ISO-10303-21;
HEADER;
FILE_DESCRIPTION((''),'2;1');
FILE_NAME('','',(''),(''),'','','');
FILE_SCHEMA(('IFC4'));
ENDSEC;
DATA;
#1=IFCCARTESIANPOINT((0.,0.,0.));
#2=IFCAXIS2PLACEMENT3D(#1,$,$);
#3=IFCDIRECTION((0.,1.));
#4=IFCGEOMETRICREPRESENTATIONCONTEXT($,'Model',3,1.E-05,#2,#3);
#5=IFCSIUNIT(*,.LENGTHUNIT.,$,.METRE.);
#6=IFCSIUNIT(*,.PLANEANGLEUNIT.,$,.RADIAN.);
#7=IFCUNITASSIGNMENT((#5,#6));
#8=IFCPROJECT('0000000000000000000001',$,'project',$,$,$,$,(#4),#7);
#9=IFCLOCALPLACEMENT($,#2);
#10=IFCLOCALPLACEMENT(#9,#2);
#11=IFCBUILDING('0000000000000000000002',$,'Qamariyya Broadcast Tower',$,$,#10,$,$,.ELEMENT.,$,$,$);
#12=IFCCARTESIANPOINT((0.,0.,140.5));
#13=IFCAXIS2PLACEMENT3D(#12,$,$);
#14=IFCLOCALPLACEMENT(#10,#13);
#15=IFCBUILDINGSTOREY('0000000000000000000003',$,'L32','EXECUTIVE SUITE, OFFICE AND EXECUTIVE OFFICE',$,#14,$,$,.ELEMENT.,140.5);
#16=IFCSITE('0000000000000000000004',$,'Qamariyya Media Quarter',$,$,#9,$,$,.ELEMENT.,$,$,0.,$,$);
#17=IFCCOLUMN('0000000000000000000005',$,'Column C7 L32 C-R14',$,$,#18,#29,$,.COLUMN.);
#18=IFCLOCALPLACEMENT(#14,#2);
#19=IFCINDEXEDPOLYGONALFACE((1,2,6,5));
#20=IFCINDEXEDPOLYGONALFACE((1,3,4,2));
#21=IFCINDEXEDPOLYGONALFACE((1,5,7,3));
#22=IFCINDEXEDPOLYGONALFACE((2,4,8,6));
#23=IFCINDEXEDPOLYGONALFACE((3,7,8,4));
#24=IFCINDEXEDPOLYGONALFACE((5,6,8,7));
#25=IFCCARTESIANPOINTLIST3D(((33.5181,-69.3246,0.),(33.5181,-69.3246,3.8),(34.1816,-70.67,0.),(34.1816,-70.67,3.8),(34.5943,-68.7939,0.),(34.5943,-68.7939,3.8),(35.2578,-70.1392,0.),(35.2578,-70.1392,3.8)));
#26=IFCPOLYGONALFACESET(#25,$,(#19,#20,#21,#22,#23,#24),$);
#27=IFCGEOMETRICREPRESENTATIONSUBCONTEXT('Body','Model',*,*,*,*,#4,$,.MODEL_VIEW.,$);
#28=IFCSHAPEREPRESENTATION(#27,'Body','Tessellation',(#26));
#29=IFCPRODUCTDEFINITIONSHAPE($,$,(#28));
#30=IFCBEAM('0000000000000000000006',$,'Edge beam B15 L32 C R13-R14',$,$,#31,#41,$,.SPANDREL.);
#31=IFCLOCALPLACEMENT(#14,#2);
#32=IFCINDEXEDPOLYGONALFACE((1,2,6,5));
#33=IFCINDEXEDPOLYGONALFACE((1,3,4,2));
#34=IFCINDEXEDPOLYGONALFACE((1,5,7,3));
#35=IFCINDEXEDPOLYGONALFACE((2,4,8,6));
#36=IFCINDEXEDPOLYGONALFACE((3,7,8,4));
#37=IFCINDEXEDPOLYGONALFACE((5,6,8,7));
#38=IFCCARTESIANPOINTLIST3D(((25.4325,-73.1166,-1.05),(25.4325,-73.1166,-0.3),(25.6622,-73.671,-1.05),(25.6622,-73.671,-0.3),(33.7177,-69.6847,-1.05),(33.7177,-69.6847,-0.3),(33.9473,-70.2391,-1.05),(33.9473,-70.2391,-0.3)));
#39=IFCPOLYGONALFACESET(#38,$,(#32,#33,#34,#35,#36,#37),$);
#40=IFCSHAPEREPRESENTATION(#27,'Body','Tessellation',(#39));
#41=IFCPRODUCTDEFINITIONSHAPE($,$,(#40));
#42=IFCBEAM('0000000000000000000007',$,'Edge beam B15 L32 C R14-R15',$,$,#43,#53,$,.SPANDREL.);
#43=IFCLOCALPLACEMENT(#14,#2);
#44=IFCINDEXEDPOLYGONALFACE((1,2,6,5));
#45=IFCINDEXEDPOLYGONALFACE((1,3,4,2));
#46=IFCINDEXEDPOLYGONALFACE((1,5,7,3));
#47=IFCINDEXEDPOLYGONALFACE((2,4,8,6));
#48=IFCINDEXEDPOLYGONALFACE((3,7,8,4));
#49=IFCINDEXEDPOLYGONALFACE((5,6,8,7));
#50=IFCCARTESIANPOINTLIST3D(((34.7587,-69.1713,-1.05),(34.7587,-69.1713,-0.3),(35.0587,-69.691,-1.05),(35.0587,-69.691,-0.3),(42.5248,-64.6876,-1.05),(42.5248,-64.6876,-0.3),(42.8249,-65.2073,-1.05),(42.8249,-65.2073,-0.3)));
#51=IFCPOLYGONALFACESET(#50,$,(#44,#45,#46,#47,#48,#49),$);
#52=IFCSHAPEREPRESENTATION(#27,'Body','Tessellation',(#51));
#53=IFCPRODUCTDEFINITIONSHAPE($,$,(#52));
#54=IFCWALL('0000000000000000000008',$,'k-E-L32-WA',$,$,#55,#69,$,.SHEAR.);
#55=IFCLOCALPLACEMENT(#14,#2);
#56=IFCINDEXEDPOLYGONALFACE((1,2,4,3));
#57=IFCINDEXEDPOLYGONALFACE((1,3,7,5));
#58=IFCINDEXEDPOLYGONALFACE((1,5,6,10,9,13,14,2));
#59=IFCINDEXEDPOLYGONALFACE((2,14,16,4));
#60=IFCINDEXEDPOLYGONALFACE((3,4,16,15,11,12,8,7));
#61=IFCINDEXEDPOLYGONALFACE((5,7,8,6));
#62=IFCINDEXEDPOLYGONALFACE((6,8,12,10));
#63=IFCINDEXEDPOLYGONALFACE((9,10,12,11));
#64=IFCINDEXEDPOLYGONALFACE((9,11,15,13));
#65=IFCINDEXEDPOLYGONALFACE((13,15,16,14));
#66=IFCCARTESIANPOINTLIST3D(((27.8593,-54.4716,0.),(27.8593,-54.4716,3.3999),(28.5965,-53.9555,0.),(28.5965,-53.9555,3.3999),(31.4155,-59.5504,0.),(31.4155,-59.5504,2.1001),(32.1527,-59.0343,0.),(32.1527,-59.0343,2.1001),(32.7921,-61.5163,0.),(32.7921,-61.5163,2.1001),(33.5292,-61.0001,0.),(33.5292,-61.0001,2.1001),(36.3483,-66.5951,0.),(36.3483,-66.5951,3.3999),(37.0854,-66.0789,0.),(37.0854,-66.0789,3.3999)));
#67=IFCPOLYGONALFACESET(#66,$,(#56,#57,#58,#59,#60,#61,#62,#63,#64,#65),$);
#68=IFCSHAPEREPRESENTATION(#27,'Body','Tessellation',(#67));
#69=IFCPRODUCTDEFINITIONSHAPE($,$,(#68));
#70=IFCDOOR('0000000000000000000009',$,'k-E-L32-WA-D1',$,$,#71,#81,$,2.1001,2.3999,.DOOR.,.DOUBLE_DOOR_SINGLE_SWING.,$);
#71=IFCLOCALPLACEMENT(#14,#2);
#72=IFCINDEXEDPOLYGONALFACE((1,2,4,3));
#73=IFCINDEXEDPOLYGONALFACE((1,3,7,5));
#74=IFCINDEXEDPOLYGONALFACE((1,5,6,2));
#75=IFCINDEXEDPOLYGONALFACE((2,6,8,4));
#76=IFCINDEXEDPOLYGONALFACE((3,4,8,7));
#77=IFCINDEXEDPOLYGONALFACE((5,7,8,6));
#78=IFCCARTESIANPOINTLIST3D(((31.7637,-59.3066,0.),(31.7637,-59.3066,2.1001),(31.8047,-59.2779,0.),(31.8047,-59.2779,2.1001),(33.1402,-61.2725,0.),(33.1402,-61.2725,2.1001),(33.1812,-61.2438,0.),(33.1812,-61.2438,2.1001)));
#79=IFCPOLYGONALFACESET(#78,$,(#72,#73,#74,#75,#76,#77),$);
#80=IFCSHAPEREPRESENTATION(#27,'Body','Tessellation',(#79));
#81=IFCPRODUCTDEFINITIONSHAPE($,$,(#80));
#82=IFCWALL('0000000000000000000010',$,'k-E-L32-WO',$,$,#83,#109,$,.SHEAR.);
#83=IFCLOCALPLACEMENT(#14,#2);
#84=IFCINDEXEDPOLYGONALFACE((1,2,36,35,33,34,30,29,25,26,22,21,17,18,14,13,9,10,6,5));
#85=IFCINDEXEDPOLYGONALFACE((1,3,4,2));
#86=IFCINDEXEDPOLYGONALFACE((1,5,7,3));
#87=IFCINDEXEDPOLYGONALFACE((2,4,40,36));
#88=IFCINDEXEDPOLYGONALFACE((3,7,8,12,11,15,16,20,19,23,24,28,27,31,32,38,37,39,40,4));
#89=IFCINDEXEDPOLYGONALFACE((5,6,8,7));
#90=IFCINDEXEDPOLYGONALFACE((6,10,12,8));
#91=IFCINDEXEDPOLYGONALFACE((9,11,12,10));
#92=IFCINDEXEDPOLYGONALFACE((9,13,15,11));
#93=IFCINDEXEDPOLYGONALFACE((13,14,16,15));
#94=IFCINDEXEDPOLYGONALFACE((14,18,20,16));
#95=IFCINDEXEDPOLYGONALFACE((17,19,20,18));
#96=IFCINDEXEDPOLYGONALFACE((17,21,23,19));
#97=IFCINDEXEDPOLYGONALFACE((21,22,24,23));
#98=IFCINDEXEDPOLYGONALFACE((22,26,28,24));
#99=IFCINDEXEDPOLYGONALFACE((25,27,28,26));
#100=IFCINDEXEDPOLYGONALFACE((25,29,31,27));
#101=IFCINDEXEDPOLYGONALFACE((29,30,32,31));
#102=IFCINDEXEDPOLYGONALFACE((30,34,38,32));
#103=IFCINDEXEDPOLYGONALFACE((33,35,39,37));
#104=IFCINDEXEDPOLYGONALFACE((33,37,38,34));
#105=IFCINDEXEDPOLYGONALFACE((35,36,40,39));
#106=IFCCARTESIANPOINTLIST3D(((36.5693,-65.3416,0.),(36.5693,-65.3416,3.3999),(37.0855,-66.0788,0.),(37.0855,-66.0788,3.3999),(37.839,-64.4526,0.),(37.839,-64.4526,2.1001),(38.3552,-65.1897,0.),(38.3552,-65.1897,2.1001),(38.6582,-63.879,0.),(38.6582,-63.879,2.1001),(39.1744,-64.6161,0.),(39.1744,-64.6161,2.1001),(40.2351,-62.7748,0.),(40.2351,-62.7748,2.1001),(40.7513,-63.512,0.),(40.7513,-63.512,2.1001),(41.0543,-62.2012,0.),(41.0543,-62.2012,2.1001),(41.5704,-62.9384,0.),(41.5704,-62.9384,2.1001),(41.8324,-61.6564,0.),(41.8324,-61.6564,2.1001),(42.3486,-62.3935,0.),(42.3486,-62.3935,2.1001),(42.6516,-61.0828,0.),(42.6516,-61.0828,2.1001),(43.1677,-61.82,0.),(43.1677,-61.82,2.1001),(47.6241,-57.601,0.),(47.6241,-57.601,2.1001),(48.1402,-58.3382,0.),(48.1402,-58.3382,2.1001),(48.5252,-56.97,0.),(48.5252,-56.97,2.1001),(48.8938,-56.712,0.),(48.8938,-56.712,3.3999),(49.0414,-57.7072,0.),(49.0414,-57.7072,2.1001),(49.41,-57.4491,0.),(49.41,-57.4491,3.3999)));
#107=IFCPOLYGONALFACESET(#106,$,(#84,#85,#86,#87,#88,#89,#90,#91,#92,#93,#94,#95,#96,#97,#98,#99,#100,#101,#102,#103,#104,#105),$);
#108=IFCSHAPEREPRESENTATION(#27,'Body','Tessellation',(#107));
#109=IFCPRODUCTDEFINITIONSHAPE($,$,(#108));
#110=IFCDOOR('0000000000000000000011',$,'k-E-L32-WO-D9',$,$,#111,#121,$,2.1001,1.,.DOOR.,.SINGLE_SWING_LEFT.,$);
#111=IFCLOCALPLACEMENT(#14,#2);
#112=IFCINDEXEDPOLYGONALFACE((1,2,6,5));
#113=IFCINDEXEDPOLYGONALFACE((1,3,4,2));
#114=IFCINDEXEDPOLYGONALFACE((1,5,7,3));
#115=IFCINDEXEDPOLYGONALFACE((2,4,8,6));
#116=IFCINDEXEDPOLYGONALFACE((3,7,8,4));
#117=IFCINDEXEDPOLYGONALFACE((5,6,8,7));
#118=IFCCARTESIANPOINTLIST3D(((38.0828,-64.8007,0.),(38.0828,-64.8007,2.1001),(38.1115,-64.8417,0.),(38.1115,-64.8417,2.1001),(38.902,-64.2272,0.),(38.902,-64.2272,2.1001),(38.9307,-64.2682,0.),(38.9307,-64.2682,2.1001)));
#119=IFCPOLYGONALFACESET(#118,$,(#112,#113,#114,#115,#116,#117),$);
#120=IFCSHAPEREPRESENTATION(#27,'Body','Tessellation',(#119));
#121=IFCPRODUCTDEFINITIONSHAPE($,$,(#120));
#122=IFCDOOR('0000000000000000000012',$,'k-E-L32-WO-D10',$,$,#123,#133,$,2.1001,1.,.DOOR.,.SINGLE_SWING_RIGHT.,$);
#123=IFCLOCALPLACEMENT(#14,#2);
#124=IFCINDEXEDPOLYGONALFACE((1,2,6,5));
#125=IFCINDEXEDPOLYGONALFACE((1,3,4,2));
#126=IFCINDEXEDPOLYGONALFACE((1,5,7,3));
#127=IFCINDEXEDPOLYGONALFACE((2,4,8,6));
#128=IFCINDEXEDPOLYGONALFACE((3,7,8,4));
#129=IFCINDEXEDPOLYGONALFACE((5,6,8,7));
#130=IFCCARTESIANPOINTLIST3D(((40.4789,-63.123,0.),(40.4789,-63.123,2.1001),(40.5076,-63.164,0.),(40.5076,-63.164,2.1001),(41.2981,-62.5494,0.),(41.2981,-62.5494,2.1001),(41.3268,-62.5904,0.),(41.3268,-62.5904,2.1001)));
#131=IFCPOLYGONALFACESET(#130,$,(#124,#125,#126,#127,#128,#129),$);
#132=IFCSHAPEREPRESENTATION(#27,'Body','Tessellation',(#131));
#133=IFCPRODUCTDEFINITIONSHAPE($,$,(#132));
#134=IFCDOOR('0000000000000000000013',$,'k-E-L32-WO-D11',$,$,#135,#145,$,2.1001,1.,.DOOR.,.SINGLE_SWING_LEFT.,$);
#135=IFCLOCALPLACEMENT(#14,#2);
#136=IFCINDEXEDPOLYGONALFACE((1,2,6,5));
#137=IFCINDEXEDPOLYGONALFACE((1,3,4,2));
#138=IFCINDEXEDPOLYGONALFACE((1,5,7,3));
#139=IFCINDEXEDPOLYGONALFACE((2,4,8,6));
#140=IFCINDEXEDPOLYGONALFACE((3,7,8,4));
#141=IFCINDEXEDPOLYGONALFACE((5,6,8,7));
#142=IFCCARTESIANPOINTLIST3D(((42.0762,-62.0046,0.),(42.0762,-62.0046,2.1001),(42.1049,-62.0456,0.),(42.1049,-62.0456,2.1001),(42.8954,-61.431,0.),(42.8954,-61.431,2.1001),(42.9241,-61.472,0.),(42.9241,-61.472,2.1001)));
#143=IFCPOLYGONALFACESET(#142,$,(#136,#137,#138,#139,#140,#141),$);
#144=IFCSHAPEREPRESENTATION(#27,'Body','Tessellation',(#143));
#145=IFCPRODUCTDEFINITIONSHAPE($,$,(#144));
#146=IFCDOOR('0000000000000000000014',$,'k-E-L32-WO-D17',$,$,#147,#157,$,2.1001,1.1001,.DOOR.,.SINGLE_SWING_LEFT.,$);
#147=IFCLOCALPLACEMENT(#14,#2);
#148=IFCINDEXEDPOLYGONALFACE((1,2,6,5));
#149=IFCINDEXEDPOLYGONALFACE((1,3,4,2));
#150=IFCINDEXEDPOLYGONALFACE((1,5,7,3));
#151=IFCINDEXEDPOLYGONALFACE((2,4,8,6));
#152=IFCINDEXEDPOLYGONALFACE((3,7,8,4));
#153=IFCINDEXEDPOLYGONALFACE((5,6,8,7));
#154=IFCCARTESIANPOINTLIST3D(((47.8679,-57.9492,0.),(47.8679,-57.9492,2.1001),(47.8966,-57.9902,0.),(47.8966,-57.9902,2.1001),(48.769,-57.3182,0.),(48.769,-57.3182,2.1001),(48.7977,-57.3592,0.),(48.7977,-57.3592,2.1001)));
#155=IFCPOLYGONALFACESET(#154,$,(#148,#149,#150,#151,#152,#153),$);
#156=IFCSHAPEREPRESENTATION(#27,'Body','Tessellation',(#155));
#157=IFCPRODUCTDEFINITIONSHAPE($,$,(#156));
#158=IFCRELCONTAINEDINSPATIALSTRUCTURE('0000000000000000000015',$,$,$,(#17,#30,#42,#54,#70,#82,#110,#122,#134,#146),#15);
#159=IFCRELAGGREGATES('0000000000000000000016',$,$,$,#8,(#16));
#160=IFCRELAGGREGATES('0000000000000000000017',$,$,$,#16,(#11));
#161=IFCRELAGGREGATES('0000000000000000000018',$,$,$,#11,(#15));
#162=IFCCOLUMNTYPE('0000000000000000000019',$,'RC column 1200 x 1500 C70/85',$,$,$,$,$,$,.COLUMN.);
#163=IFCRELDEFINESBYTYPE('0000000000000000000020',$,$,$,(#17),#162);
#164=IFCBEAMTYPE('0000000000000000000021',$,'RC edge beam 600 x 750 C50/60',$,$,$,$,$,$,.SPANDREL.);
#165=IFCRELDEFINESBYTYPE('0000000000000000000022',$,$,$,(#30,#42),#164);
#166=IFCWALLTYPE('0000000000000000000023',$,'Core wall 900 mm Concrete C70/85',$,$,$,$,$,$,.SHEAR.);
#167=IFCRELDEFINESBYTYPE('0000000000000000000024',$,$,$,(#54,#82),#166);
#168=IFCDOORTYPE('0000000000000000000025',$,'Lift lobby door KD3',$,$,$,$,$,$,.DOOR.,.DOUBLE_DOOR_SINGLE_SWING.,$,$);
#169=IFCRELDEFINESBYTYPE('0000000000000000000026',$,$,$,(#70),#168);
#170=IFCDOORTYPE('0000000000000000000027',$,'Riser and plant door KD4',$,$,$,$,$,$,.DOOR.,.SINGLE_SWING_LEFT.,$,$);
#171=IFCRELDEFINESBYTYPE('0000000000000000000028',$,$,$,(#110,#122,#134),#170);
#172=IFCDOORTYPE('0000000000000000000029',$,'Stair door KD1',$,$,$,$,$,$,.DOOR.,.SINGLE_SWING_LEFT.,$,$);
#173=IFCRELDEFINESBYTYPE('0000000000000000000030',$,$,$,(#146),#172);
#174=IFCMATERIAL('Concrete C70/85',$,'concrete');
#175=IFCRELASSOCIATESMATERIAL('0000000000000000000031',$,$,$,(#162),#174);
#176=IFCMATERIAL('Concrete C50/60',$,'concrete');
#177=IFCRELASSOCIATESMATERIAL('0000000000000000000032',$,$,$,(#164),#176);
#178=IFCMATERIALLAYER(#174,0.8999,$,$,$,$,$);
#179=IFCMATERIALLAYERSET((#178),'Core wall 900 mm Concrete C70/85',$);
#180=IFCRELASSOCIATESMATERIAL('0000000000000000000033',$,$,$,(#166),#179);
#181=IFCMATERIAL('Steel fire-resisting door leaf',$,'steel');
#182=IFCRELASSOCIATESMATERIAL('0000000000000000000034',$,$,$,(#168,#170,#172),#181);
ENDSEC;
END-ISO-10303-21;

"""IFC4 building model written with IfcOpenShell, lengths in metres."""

from ifc_helpers import new_model, si_unit, direction, frame, frame_2d, origin, origin_2d, place, context, subcontext, project, spatial, rectangle, extrude, material, layer, layer_set, material_profile, profile_set, type_object, element, fill, save


model = new_model("IFC4")

# Units and contexts
model_context = context("Model", 3, precision=1e-05, world=origin(), true_north=direction((0.0, 1.0)))
body_context = subcontext(model_context, "Body", "Model", "MODEL_VIEW")
ifc_project = project(units=[si_unit("LENGTHUNIT", "METRE"), si_unit("PLANEANGLEUNIT", "RADIAN")], contexts=[model_context])

# Site, building, storey
site_placement = place(None, origin())
site = spatial("IfcSite", under=ifc_project, at=site_placement, Name="Qamariyya Media Quarter", CompositionType="ELEMENT", RefElevation=0.0)
building_placement = place(site_placement, origin())
building = spatial("IfcBuilding", under=site, at=building_placement, Name="Qamariyya Broadcast Tower", CompositionType="ELEMENT")
storey_placement = place(building_placement, frame((0.0, 0.0, 140.5)))
storey = spatial("IfcBuildingStorey", under=building, at=storey_placement, Name="L32", Description="EXECUTIVE SUITE, OFFICE AND EXECUTIVE OFFICE", CompositionType="ELEMENT", Elevation=140.5)

# Column
ifc_material_1 = material(Name="Concrete C70/85", Category="concrete")
ifc_material_profile_1 = material_profile(ifc_material_1, rectangle(XDim=1.2, YDim=1.5, at=origin_2d()))
ifc_profile_set_1 = profile_set([ifc_material_profile_1], Name="Concrete C70/85")
column_type = type_object("IfcColumnType", Name="RC column 1200 x 1500 C70/85", PredefinedType="COLUMN", material=ifc_profile_set_1)
column_placement = place(storey_placement, frame((34.3879, -69.7319, 0.0), z_axis=(0.0, 0.0, 1.0), x_axis=(0.896873, 0.442289, 0.0)))
element("IfcColumn", 1, at=column_placement, inside=storey, type_object=column_type, Name="Column C7 L32 C-R14", PredefinedType="COLUMN", context=body_context, shape_type="SweptSolid", body=[
    extrude(rectangle(XDim=1.2, YDim=1.5, at=origin_2d()), origin(), (0.0, 0.0, 1.0), 3.8),
])

# Beams
ifc_material_2 = material(Name="Concrete C50/60", Category="concrete")
ifc_material_profile_2 = material_profile(ifc_material_2, rectangle(XDim=0.6001, YDim=0.75, at=origin_2d()))
ifc_profile_set_2 = profile_set([ifc_material_profile_2], Name="Concrete C50/60")
beam_type = type_object("IfcBeamType", Name="RC edge beam 600 x 750 C50/60", PredefinedType="SPANDREL", material=ifc_profile_set_2)
beam_1_placement = place(storey_placement, frame((25.5474, -73.3938, -0.675), z_axis=(0.923877, 0.382689, 0.0), x_axis=(-0.382689, 0.923877, 0.0)))
element("IfcBeam", 2, at=beam_1_placement, inside=storey, type_object=beam_type, Name="Edge beam B15 L32 C R13-R14", PredefinedType="SPANDREL", context=body_context, shape_type="SweptSolid", body=[
    extrude(rectangle(XDim=0.6001, YDim=0.75, at=origin_2d()), origin(), (0.0, 0.0, 1.0), 8.9678),
])
beam_2_placement = place(storey_placement, frame((34.9087, -69.4312, -0.675), z_axis=(0.866031, 0.49999, 0.0), x_axis=(-0.49999, 0.866031, 0.0)))
element("IfcBeam", 3, at=beam_2_placement, inside=storey, type_object=beam_type, Name="Edge beam B15 L32 C R14-R15", PredefinedType="SPANDREL", context=body_context, shape_type="SweptSolid", body=[
    extrude(rectangle(XDim=0.6001, YDim=0.75, at=origin_2d()), origin(), (0.0, 0.0, 1.0), 8.9675),
])

# Wall, opening, door
ifc_layer_1 = layer(ifc_material_1, 0.8999)
ifc_layer_set_1 = layer_set([ifc_layer_1], Name="Core wall 900 mm Concrete C70/85")
wall_type_1 = type_object("IfcWallType", Name="Core wall 900 mm Concrete C70/85", PredefinedType="SHEAR", material=ifc_layer_set_1)
wall_1_placement = place(storey_placement, frame((36.7168, -66.3369, 0.0), z_axis=(0.0, 0.0, 1.0), x_axis=(-0.573577, 0.819151, 0.0)))
wall_1 = element("IfcWall", 4, at=wall_1_placement, inside=storey, type_object=wall_type_1, Name="k-E-L32-WA", PredefinedType="SHEAR", context=body_context, shape_type="SweptSolid", body=[
    extrude(rectangle(XDim=14.8, YDim=0.8999, at=frame_2d((7.3999, 0.0))), origin(), (0.0, 0.0, 1.0), 3.3999),
])
opening_1_placement = place(wall_1_placement, frame((6.2, 0.0, 0.0)))
opening_1 = element("IfcOpeningElement", 5, at=opening_1_placement, cuts=wall_1, PredefinedType="OPENING", context=body_context, shape_type="SweptSolid", body=[
    extrude(rectangle(XDim=2.3999, YDim=2.1001, at=frame_2d((1.2, 1.05))), frame((0.0, 0.46, 0.0), z_axis=(0.0, -1.0, 0.0), x_axis=(1.0, 0.0, 0.0)), (0.0, 0.0, 1.0), 0.9199),
])
ifc_material_3 = material(Name="Steel fire-resisting door leaf", Category="steel")
door_type_1 = type_object("IfcDoorType", Name="Lift lobby door KD3", OperationType="DOUBLE_DOOR_SINGLE_SWING", PredefinedType="DOOR", material=ifc_material_3)
door_1_placement = place(opening_1_placement, origin())
door_1 = element("IfcDoor", 6, at=door_1_placement, inside=storey, type_object=door_type_1, Name="k-E-L32-WA-D1", OperationType="DOUBLE_DOOR_SINGLE_SWING", OverallHeight=2.1001, OverallWidth=2.3999, PredefinedType="DOOR", context=body_context, shape_type="SweptSolid", body=[
    extrude(rectangle(XDim=2.3999, YDim=2.1001, at=frame_2d((1.2, 1.05))), frame((0.0, 0.0249, 0.0), z_axis=(0.0, -1.0, 0.0), x_axis=(1.0, 0.0, 0.0)), (0.0, 0.0, 1.0), 0.05),
])
fill(opening_1, door_1)

# Wall, openings, doors
wall_2_placement = place(storey_placement, frame((36.8274, -65.7102, 0.0), z_axis=(0.0, 0.0, 1.0), x_axis=(0.819153, 0.573575, 0.0)))
wall_2 = element("IfcWall", 7, at=wall_2_placement, inside=storey, type_object=wall_type_1, Name="k-E-L32-WO", PredefinedType="SHEAR", context=body_context, shape_type="SweptSolid", body=[
    extrude(rectangle(XDim=15.0454, YDim=0.8999, at=frame_2d((7.5227, 0.0))), origin(), (0.0, 0.0, 1.0), 3.3999),
])
opening_2_placement = place(wall_2_placement, frame((1.55, 0.0, 0.0)))
opening_2 = element("IfcOpeningElement", 8, at=opening_2_placement, cuts=wall_2, PredefinedType="OPENING", context=body_context, shape_type="SweptSolid", body=[
    extrude(rectangle(XDim=1.0, YDim=2.1001, at=frame_2d((0.5, 1.05))), frame((0.0, 0.46, 0.0), z_axis=(0.0, -1.0, 0.0), x_axis=(1.0, 0.0, 0.0)), (0.0, 0.0, 1.0), 0.9199),
])
opening_3_placement = place(wall_2_placement, frame((4.4751, 0.0, 0.0)))
opening_3 = element("IfcOpeningElement", 9, at=opening_3_placement, cuts=wall_2, PredefinedType="OPENING", context=body_context, shape_type="SweptSolid", body=[
    extrude(rectangle(XDim=1.0, YDim=2.1001, at=frame_2d((0.5, 1.05))), frame((0.0, 0.46, 0.0), z_axis=(0.0, -1.0, 0.0), x_axis=(1.0, 0.0, 0.0)), (0.0, 0.0, 1.0), 0.9199),
])
opening_4_placement = place(wall_2_placement, frame((6.425, 0.0, 0.0)))
opening_4 = element("IfcOpeningElement", 10, at=opening_4_placement, cuts=wall_2, PredefinedType="OPENING", context=body_context, shape_type="SweptSolid", body=[
    extrude(rectangle(XDim=1.0, YDim=2.1001, at=frame_2d((0.5, 1.05))), frame((0.0, 0.46, 0.0), z_axis=(0.0, -1.0, 0.0), x_axis=(1.0, 0.0, 0.0)), (0.0, 0.0, 1.0), 0.9199),
])
opening_5_placement = place(wall_2_placement, frame((13.4954, 0.0, 0.0)))
opening_5 = element("IfcOpeningElement", 11, at=opening_5_placement, cuts=wall_2, PredefinedType="OPENING", context=body_context, shape_type="SweptSolid", body=[
    extrude(rectangle(XDim=1.1001, YDim=2.1001, at=frame_2d((0.55, 1.05))), frame((0.0, 0.46, 0.0), z_axis=(0.0, -1.0, 0.0), x_axis=(1.0, 0.0, 0.0)), (0.0, 0.0, 1.0), 0.9199),
])
door_type_2 = type_object("IfcDoorType", Name="Riser and plant door KD4", OperationType="SINGLE_SWING_LEFT", PredefinedType="DOOR", material=ifc_material_3)
door_2_placement = place(opening_2_placement, origin())
door_2 = element("IfcDoor", 12, at=door_2_placement, inside=storey, type_object=door_type_2, Name="k-E-L32-WO-D9", OperationType="SINGLE_SWING_LEFT", OverallHeight=2.1001, OverallWidth=1.0, PredefinedType="DOOR", context=body_context, shape_type="SweptSolid", body=[
    extrude(rectangle(XDim=1.0, YDim=2.1001, at=frame_2d((0.5, 1.05))), frame((0.0, 0.0249, 0.0), z_axis=(0.0, -1.0, 0.0), x_axis=(1.0, 0.0, 0.0)), (0.0, 0.0, 1.0), 0.05),
])
fill(opening_2, door_2)
door_3_placement = place(opening_3_placement, origin())
door_3 = element("IfcDoor", 13, at=door_3_placement, inside=storey, type_object=door_type_2, Name="k-E-L32-WO-D10", OperationType="SINGLE_SWING_RIGHT", OverallHeight=2.1001, OverallWidth=1.0, PredefinedType="DOOR", context=body_context, shape_type="SweptSolid", body=[
    extrude(rectangle(XDim=1.0, YDim=2.1001, at=frame_2d((0.5, 1.05))), frame((0.0, 0.0249, 0.0), z_axis=(0.0, -1.0, 0.0), x_axis=(1.0, 0.0, 0.0)), (0.0, 0.0, 1.0), 0.05),
])
fill(opening_3, door_3)
door_4_placement = place(opening_4_placement, origin())
door_4 = element("IfcDoor", 14, at=door_4_placement, inside=storey, type_object=door_type_2, Name="k-E-L32-WO-D11", OperationType="SINGLE_SWING_LEFT", OverallHeight=2.1001, OverallWidth=1.0, PredefinedType="DOOR", context=body_context, shape_type="SweptSolid", body=[
    extrude(rectangle(XDim=1.0, YDim=2.1001, at=frame_2d((0.5, 1.05))), frame((0.0, 0.0249, 0.0), z_axis=(0.0, -1.0, 0.0), x_axis=(1.0, 0.0, 0.0)), (0.0, 0.0, 1.0), 0.05),
])
fill(opening_4, door_4)
door_type_3 = type_object("IfcDoorType", Name="Stair door KD1", OperationType="SINGLE_SWING_LEFT", PredefinedType="DOOR", material=ifc_material_3)
door_5_placement = place(opening_5_placement, origin())
door_5 = element("IfcDoor", 15, at=door_5_placement, inside=storey, type_object=door_type_3, Name="k-E-L32-WO-D17", OperationType="SINGLE_SWING_LEFT", OverallHeight=2.1001, OverallWidth=1.1001, PredefinedType="DOOR", context=body_context, shape_type="SweptSolid", body=[
    extrude(rectangle(XDim=1.1001, YDim=2.1001, at=frame_2d((0.55, 1.05))), frame((0.0, 0.0249, 0.0), z_axis=(0.0, -1.0, 0.0), x_axis=(1.0, 0.0, 0.0)), (0.0, 0.0, 1.0), 0.05),
])
fill(opening_5, door_5)

save(model, "model.ifc")
